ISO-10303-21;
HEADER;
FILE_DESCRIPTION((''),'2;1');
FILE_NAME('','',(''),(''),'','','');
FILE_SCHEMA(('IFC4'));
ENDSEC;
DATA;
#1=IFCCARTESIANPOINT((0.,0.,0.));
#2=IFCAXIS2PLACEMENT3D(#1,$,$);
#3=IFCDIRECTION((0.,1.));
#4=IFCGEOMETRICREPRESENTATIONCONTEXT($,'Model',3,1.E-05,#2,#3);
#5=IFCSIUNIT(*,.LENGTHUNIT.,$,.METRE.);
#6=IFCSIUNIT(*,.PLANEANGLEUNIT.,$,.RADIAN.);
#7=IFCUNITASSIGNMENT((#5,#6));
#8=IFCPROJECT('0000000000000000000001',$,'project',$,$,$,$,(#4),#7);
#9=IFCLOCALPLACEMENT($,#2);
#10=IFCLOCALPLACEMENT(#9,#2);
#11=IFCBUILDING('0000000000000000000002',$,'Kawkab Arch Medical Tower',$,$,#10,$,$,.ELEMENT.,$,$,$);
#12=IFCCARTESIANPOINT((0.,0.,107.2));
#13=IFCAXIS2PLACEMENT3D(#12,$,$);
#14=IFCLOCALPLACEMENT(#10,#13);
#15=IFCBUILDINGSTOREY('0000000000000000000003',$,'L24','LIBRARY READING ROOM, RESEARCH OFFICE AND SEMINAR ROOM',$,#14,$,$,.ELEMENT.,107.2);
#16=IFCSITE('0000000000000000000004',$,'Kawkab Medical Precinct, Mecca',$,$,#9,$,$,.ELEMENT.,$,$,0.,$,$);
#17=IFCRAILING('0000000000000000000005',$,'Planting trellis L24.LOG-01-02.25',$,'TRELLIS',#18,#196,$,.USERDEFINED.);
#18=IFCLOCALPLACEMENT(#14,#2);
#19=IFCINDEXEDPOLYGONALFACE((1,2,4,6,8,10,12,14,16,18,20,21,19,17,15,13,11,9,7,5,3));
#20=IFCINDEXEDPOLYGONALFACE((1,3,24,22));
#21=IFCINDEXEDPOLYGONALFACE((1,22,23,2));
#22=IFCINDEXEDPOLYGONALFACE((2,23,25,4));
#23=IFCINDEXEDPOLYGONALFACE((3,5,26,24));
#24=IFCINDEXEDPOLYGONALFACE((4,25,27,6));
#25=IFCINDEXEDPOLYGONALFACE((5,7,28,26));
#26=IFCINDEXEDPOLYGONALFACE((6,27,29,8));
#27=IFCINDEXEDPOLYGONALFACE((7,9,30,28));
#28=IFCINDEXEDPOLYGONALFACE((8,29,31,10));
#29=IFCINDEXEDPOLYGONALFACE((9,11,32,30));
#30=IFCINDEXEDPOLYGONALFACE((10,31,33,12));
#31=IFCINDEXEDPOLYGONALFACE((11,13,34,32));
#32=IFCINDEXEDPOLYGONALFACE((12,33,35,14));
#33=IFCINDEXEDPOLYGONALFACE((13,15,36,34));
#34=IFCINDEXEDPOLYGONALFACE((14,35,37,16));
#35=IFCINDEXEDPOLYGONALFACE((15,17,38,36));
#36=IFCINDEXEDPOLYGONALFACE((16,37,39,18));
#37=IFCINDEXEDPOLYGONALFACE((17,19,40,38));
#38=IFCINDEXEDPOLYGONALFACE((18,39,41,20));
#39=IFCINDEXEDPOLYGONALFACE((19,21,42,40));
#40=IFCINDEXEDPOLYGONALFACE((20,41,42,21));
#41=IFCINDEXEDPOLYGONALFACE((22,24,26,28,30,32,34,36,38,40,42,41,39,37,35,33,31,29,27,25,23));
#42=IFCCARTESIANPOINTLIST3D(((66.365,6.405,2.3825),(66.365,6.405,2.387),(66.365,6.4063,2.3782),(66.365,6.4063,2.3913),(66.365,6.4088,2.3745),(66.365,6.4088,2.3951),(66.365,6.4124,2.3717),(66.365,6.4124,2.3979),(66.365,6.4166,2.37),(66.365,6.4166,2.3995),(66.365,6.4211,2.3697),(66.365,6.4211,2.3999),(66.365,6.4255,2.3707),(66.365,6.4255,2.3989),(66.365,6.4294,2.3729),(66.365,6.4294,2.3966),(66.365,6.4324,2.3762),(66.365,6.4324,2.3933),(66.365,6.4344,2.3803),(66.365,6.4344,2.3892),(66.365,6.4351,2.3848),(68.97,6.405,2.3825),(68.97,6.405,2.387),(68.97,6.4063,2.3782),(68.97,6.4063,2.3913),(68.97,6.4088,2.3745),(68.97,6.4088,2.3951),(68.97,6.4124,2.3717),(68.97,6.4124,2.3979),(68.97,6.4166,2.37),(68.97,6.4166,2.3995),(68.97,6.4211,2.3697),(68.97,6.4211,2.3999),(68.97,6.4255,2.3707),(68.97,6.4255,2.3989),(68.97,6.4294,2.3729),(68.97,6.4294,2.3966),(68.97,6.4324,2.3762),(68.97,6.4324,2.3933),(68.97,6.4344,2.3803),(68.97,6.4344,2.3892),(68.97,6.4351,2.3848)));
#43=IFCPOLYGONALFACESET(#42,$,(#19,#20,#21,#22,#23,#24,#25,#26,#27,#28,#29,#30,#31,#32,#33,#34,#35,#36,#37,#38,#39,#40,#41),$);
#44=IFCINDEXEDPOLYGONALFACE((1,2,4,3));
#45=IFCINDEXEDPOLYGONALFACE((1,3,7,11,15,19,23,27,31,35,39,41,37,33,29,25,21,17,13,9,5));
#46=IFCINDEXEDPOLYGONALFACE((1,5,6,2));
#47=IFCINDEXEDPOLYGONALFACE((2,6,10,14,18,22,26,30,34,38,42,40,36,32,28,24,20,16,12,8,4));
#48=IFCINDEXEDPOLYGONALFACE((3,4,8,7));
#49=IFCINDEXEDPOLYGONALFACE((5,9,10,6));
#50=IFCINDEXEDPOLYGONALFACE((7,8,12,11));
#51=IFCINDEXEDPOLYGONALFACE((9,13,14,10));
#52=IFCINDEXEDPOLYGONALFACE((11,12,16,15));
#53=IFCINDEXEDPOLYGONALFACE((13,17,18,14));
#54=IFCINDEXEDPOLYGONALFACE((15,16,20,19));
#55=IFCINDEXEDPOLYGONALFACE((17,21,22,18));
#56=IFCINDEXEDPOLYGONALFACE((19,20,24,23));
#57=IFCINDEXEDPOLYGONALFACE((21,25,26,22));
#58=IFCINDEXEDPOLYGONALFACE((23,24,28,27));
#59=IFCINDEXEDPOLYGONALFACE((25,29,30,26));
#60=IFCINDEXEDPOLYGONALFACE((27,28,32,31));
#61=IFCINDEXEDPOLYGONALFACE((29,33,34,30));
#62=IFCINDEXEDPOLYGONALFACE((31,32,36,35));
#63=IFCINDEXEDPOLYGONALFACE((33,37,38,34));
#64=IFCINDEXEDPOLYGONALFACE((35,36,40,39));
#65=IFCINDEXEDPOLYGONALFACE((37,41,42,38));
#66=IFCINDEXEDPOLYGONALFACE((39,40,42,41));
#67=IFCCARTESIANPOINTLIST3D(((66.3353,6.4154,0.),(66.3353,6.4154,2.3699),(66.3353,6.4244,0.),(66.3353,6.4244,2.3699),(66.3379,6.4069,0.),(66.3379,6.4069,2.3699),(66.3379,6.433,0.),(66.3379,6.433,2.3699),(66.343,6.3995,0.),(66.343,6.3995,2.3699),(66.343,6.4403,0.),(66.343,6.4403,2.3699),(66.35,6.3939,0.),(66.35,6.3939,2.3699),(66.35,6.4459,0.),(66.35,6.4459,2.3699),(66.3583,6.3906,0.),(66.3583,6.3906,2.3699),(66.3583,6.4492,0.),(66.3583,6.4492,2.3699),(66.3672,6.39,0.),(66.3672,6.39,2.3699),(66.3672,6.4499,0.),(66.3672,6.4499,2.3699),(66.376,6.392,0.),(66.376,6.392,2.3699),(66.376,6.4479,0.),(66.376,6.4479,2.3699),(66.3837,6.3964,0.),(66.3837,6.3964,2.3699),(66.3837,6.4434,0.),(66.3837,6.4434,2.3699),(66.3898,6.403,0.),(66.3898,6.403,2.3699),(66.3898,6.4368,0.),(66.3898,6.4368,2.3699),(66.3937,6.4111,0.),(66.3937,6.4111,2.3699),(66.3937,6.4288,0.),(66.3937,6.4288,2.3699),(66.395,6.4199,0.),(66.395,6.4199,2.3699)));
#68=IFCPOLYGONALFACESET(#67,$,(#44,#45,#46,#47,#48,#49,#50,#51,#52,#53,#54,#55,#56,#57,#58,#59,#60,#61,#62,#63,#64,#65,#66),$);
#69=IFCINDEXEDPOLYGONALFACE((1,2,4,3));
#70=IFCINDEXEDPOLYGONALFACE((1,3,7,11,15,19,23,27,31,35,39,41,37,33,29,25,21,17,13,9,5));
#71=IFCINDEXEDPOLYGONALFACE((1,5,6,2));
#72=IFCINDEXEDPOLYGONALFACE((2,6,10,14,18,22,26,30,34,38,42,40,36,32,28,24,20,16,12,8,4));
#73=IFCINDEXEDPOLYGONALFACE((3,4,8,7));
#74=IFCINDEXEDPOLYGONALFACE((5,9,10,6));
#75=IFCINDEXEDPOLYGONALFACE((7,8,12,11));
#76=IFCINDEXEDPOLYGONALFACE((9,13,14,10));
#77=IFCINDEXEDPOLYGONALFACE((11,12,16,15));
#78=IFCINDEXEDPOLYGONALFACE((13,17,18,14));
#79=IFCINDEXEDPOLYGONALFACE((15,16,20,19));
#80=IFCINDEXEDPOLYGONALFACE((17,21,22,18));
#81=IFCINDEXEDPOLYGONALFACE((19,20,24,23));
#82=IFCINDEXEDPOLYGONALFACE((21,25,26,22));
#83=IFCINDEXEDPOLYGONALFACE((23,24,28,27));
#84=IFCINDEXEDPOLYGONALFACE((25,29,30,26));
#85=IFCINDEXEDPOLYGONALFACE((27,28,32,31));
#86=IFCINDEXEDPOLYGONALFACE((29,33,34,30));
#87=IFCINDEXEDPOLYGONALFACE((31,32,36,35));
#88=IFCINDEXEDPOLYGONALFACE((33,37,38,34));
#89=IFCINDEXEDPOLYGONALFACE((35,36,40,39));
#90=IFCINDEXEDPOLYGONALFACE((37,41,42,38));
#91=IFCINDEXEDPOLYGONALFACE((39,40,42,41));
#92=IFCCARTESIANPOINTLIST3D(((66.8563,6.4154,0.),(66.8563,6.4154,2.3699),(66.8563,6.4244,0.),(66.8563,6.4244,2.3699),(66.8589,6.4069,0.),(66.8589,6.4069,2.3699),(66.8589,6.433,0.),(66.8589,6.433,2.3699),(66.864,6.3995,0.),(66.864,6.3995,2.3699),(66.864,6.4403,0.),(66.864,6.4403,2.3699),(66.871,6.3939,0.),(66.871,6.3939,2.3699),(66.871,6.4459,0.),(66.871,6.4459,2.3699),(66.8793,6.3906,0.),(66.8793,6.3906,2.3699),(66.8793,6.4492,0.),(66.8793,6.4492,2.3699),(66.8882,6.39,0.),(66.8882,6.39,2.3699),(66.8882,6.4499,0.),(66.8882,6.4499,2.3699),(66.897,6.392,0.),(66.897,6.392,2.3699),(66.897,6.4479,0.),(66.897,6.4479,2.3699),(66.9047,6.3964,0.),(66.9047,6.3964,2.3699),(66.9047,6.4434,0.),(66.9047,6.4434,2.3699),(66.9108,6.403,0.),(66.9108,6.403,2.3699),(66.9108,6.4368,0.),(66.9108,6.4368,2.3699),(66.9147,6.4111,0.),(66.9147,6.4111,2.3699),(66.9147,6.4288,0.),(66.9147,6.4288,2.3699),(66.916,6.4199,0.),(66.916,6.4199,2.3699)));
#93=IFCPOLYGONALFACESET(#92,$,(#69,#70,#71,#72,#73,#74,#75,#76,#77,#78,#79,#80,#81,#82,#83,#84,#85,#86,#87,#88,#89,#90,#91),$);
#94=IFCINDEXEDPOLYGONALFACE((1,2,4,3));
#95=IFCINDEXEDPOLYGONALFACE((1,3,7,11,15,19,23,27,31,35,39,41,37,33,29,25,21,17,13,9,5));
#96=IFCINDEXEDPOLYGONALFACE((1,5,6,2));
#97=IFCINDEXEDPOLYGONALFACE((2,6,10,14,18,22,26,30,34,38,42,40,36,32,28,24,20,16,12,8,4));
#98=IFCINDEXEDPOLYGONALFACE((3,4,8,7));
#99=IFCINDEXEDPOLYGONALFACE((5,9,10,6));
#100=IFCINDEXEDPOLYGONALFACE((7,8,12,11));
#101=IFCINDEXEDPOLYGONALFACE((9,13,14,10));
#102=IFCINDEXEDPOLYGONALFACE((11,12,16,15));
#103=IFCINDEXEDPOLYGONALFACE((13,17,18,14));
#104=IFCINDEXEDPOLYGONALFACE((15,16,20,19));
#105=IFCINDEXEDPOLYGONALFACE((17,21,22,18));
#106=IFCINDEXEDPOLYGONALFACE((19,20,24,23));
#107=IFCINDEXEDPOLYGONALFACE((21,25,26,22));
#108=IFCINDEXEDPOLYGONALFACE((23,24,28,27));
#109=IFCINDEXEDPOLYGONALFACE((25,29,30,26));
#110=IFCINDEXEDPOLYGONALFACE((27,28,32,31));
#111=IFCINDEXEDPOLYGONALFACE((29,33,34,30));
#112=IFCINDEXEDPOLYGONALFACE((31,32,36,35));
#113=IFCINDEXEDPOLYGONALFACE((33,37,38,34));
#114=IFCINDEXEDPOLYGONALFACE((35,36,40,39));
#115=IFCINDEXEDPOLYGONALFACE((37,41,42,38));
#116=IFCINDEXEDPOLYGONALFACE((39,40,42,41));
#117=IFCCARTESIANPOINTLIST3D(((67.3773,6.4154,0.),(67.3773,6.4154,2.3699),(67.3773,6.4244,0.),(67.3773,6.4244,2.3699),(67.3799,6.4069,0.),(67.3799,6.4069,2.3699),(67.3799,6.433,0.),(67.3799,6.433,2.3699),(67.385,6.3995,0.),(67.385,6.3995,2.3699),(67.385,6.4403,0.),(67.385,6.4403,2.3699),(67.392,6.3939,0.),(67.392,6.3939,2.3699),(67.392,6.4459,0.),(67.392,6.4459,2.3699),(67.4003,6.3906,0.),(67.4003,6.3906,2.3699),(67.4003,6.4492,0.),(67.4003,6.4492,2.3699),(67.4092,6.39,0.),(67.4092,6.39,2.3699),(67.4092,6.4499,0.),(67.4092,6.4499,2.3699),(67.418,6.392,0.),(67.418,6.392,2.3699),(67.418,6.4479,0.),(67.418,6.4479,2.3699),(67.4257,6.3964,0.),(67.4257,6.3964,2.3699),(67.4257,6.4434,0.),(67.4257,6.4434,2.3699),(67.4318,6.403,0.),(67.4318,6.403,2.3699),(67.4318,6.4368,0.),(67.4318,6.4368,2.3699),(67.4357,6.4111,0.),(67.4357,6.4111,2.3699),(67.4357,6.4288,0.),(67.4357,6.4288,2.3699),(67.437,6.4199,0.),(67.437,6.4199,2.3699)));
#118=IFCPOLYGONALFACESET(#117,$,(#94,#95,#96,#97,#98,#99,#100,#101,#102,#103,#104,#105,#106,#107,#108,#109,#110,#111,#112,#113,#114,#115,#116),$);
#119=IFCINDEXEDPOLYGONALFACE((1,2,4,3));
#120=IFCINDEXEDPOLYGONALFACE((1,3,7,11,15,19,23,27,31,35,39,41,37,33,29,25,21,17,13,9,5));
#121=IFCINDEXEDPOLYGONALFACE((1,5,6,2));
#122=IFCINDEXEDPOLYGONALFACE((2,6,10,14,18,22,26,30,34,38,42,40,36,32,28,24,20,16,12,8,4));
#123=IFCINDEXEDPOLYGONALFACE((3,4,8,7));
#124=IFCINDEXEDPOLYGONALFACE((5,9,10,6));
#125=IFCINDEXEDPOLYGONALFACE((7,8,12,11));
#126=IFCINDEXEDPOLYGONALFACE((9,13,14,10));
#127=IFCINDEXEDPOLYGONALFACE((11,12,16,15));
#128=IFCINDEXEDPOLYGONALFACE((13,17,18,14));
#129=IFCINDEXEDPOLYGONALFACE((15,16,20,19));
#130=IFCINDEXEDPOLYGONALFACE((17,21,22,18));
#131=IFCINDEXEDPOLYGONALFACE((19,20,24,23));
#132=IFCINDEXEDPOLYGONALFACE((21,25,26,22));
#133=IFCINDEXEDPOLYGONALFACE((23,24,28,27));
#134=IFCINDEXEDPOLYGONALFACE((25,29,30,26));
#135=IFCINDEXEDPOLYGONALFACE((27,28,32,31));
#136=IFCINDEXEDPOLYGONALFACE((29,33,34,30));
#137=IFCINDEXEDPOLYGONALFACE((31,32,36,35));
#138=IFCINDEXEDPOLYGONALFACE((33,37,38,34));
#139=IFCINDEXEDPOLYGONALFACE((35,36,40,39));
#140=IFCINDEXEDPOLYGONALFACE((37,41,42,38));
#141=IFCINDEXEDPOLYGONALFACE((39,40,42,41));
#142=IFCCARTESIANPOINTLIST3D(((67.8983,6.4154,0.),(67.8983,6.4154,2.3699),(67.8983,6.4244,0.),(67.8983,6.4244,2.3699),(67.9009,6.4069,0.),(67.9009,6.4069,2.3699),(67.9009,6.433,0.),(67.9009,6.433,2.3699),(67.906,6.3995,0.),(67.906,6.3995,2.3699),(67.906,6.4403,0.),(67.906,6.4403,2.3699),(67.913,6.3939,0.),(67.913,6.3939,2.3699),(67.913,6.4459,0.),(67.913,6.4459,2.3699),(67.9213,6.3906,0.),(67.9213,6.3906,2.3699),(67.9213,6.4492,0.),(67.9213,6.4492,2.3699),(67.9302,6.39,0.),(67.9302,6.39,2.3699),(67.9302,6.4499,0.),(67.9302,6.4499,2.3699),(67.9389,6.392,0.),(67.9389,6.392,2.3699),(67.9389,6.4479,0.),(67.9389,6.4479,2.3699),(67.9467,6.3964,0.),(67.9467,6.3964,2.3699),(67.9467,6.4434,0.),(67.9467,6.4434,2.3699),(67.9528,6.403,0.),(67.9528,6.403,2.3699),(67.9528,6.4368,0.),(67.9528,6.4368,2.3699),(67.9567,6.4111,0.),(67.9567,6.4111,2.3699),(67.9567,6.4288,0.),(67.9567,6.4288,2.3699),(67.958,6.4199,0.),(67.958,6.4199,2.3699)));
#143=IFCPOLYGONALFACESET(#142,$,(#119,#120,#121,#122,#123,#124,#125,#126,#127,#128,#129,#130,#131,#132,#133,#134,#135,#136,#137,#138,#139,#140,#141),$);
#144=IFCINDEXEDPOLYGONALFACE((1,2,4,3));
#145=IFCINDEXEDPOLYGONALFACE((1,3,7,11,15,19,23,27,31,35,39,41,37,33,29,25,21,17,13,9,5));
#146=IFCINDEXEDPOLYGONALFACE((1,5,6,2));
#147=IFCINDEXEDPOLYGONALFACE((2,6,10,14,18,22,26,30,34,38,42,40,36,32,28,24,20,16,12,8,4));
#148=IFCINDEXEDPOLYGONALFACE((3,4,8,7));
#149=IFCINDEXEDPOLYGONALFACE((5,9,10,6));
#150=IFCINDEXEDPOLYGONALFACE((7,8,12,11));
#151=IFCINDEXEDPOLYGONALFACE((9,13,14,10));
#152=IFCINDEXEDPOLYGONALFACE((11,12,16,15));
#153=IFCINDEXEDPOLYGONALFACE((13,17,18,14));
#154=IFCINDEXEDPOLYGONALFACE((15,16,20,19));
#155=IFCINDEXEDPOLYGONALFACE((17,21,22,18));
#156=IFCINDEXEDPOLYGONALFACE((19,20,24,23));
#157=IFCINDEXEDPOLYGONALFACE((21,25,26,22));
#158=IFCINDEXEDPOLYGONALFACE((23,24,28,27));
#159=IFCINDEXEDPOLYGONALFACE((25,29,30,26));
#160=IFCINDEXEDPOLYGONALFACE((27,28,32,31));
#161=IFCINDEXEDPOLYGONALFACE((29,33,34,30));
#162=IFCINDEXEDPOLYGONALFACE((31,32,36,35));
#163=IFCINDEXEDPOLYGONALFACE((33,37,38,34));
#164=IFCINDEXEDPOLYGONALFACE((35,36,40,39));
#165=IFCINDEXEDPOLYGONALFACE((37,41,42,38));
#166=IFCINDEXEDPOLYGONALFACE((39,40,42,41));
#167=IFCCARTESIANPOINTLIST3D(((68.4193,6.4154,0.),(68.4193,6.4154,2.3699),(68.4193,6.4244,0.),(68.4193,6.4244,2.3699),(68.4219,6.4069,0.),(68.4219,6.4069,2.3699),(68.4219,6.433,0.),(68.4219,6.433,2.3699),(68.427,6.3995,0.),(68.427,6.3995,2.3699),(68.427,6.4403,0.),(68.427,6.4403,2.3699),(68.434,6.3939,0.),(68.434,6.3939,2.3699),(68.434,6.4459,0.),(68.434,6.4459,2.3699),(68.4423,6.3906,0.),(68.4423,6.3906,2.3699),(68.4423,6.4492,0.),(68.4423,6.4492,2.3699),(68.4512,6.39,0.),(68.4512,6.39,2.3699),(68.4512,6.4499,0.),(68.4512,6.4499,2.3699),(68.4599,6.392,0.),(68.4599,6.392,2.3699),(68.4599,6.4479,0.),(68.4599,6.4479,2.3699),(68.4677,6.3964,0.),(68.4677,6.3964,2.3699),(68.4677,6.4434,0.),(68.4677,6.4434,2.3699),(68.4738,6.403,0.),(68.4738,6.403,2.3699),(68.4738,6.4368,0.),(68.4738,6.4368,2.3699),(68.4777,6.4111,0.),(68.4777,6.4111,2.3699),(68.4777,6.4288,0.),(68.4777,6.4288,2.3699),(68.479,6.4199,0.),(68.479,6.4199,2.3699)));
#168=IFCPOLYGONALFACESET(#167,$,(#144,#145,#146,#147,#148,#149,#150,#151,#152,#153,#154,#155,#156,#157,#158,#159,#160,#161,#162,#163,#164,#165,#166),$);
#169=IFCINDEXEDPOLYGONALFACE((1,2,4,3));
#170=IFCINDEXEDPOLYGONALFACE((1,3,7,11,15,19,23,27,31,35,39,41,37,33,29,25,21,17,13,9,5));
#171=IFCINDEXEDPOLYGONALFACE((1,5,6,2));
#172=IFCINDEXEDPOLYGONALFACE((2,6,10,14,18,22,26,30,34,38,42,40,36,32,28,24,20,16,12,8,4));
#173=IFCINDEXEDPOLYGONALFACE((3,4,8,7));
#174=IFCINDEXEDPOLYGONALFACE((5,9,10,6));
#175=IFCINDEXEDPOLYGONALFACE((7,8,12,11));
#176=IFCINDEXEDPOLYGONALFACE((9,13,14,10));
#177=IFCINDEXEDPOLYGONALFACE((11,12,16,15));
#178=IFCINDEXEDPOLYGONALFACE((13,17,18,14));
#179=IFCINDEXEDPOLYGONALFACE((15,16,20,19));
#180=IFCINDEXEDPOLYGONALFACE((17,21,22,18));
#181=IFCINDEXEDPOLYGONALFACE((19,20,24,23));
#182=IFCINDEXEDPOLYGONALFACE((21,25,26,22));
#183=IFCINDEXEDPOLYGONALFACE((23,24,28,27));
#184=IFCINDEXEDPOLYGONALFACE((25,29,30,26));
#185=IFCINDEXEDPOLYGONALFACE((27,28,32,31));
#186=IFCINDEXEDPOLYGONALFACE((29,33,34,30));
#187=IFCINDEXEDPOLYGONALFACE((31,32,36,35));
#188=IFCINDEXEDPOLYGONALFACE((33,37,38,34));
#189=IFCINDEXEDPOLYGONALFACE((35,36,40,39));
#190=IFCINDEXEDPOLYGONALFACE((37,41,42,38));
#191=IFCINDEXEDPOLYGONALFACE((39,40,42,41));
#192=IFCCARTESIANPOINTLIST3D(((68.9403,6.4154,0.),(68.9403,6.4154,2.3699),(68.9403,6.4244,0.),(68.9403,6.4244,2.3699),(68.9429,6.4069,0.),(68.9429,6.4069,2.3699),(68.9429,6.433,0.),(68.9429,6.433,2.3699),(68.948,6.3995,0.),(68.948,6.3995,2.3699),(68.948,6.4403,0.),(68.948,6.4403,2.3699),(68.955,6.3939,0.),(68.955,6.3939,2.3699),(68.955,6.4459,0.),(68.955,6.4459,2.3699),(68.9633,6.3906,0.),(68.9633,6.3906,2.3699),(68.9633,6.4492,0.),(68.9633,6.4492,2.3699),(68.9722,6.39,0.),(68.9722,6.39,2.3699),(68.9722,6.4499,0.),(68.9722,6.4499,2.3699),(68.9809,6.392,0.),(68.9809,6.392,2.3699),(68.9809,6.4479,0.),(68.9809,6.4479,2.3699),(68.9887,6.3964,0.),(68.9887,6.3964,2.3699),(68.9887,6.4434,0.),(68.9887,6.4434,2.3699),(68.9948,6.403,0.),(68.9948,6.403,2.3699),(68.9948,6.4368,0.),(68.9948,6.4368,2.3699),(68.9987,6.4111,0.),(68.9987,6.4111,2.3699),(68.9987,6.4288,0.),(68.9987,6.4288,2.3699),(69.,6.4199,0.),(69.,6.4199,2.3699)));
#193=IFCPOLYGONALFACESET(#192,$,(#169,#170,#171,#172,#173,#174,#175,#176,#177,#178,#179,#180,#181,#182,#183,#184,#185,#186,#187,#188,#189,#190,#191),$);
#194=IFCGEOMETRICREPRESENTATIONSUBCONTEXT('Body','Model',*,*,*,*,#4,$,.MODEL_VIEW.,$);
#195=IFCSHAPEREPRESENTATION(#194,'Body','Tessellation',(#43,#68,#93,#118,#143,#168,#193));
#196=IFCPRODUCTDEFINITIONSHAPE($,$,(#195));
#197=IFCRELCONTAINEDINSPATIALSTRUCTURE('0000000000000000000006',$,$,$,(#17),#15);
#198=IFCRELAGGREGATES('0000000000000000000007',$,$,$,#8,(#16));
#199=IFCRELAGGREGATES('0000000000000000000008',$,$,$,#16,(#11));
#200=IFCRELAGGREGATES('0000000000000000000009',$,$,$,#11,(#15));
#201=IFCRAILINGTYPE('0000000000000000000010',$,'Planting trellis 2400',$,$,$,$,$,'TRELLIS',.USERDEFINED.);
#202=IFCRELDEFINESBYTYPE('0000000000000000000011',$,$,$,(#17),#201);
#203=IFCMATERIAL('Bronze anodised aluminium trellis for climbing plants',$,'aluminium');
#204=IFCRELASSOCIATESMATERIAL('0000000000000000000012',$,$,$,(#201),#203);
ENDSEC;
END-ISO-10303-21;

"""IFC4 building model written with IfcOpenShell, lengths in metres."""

from ifc_helpers import new_model, si_unit, direction, frame, origin, origin_2d, place, context, subcontext, project, spatial, circle, extrude, material, type_object, element, save


model = new_model("IFC4")

# Units and contexts
model_context = context("Model", 3, precision=1e-05, world=origin(), true_north=direction((0.0, 1.0)))
body_context = subcontext(model_context, "Body", "Model", "MODEL_VIEW")
ifc_project = project(units=[si_unit("LENGTHUNIT", "METRE"), si_unit("PLANEANGLEUNIT", "RADIAN")], contexts=[model_context])

# Site, building, storey
site_placement = place(None, origin())
site = spatial("IfcSite", under=ifc_project, at=site_placement, Name="Kawkab Medical Precinct, Mecca", CompositionType="ELEMENT", RefElevation=0.0)
building_placement = place(site_placement, origin())
building = spatial("IfcBuilding", under=site, at=building_placement, Name="Kawkab Arch Medical Tower", CompositionType="ELEMENT")
storey_placement = place(building_placement, frame((0.0, 0.0, 107.2)))
storey = spatial("IfcBuildingStorey", under=building, at=storey_placement, Name="L24", Description="LIBRARY READING ROOM, RESEARCH OFFICE AND SEMINAR ROOM", CompositionType="ELEMENT", Elevation=107.2)

# Railing
ifc_material_1 = material(Name="Bronze anodised aluminium trellis for climbing plants", Category="aluminium")
railing_type = type_object("IfcRailingType", Name="Planting trellis 2400", ElementType="TRELLIS", PredefinedType="USERDEFINED", material=ifc_material_1)
railing_1_placement = place(storey_placement, frame((66.365, 6.4199, 0.0)))
element("IfcRailing", 1, at=railing_1_placement, inside=storey, type_object=railing_type, Name="Planting trellis L24.LOG-01-02.25", ObjectType="TRELLIS", PredefinedType="USERDEFINED", context=body_context, shape_type="SweptSolid", body=[
    extrude(circle(Radius=0.0151, at=origin_2d()), frame((0.0, 0.0, 2.3848), z_axis=(1.0, 0.0, 0.0), x_axis=(0.0, 1.0, 0.0)), (0.0, 0.0, 1.0), 2.605),
    extrude(circle(Radius=0.03, at=origin_2d()), origin(), (0.0, 0.0, 1.0), 2.3699),
    extrude(circle(Radius=0.03, at=origin_2d()), frame((0.521, 0.0, 0.0)), (0.0, 0.0, 1.0), 2.3699),
    extrude(circle(Radius=0.03, at=origin_2d()), frame((1.042, 0.0, 0.0)), (0.0, 0.0, 1.0), 2.3699),
    extrude(circle(Radius=0.03, at=origin_2d()), frame((1.563, 0.0, 0.0)), (0.0, 0.0, 1.0), 2.3699),
    extrude(circle(Radius=0.03, at=origin_2d()), frame((2.084, 0.0, 0.0)), (0.0, 0.0, 1.0), 2.3699),
    extrude(circle(Radius=0.03, at=origin_2d()), frame((2.605, 0.0, 0.0)), (0.0, 0.0, 1.0), 2.3699),
])

save(model, "model.ifc")
